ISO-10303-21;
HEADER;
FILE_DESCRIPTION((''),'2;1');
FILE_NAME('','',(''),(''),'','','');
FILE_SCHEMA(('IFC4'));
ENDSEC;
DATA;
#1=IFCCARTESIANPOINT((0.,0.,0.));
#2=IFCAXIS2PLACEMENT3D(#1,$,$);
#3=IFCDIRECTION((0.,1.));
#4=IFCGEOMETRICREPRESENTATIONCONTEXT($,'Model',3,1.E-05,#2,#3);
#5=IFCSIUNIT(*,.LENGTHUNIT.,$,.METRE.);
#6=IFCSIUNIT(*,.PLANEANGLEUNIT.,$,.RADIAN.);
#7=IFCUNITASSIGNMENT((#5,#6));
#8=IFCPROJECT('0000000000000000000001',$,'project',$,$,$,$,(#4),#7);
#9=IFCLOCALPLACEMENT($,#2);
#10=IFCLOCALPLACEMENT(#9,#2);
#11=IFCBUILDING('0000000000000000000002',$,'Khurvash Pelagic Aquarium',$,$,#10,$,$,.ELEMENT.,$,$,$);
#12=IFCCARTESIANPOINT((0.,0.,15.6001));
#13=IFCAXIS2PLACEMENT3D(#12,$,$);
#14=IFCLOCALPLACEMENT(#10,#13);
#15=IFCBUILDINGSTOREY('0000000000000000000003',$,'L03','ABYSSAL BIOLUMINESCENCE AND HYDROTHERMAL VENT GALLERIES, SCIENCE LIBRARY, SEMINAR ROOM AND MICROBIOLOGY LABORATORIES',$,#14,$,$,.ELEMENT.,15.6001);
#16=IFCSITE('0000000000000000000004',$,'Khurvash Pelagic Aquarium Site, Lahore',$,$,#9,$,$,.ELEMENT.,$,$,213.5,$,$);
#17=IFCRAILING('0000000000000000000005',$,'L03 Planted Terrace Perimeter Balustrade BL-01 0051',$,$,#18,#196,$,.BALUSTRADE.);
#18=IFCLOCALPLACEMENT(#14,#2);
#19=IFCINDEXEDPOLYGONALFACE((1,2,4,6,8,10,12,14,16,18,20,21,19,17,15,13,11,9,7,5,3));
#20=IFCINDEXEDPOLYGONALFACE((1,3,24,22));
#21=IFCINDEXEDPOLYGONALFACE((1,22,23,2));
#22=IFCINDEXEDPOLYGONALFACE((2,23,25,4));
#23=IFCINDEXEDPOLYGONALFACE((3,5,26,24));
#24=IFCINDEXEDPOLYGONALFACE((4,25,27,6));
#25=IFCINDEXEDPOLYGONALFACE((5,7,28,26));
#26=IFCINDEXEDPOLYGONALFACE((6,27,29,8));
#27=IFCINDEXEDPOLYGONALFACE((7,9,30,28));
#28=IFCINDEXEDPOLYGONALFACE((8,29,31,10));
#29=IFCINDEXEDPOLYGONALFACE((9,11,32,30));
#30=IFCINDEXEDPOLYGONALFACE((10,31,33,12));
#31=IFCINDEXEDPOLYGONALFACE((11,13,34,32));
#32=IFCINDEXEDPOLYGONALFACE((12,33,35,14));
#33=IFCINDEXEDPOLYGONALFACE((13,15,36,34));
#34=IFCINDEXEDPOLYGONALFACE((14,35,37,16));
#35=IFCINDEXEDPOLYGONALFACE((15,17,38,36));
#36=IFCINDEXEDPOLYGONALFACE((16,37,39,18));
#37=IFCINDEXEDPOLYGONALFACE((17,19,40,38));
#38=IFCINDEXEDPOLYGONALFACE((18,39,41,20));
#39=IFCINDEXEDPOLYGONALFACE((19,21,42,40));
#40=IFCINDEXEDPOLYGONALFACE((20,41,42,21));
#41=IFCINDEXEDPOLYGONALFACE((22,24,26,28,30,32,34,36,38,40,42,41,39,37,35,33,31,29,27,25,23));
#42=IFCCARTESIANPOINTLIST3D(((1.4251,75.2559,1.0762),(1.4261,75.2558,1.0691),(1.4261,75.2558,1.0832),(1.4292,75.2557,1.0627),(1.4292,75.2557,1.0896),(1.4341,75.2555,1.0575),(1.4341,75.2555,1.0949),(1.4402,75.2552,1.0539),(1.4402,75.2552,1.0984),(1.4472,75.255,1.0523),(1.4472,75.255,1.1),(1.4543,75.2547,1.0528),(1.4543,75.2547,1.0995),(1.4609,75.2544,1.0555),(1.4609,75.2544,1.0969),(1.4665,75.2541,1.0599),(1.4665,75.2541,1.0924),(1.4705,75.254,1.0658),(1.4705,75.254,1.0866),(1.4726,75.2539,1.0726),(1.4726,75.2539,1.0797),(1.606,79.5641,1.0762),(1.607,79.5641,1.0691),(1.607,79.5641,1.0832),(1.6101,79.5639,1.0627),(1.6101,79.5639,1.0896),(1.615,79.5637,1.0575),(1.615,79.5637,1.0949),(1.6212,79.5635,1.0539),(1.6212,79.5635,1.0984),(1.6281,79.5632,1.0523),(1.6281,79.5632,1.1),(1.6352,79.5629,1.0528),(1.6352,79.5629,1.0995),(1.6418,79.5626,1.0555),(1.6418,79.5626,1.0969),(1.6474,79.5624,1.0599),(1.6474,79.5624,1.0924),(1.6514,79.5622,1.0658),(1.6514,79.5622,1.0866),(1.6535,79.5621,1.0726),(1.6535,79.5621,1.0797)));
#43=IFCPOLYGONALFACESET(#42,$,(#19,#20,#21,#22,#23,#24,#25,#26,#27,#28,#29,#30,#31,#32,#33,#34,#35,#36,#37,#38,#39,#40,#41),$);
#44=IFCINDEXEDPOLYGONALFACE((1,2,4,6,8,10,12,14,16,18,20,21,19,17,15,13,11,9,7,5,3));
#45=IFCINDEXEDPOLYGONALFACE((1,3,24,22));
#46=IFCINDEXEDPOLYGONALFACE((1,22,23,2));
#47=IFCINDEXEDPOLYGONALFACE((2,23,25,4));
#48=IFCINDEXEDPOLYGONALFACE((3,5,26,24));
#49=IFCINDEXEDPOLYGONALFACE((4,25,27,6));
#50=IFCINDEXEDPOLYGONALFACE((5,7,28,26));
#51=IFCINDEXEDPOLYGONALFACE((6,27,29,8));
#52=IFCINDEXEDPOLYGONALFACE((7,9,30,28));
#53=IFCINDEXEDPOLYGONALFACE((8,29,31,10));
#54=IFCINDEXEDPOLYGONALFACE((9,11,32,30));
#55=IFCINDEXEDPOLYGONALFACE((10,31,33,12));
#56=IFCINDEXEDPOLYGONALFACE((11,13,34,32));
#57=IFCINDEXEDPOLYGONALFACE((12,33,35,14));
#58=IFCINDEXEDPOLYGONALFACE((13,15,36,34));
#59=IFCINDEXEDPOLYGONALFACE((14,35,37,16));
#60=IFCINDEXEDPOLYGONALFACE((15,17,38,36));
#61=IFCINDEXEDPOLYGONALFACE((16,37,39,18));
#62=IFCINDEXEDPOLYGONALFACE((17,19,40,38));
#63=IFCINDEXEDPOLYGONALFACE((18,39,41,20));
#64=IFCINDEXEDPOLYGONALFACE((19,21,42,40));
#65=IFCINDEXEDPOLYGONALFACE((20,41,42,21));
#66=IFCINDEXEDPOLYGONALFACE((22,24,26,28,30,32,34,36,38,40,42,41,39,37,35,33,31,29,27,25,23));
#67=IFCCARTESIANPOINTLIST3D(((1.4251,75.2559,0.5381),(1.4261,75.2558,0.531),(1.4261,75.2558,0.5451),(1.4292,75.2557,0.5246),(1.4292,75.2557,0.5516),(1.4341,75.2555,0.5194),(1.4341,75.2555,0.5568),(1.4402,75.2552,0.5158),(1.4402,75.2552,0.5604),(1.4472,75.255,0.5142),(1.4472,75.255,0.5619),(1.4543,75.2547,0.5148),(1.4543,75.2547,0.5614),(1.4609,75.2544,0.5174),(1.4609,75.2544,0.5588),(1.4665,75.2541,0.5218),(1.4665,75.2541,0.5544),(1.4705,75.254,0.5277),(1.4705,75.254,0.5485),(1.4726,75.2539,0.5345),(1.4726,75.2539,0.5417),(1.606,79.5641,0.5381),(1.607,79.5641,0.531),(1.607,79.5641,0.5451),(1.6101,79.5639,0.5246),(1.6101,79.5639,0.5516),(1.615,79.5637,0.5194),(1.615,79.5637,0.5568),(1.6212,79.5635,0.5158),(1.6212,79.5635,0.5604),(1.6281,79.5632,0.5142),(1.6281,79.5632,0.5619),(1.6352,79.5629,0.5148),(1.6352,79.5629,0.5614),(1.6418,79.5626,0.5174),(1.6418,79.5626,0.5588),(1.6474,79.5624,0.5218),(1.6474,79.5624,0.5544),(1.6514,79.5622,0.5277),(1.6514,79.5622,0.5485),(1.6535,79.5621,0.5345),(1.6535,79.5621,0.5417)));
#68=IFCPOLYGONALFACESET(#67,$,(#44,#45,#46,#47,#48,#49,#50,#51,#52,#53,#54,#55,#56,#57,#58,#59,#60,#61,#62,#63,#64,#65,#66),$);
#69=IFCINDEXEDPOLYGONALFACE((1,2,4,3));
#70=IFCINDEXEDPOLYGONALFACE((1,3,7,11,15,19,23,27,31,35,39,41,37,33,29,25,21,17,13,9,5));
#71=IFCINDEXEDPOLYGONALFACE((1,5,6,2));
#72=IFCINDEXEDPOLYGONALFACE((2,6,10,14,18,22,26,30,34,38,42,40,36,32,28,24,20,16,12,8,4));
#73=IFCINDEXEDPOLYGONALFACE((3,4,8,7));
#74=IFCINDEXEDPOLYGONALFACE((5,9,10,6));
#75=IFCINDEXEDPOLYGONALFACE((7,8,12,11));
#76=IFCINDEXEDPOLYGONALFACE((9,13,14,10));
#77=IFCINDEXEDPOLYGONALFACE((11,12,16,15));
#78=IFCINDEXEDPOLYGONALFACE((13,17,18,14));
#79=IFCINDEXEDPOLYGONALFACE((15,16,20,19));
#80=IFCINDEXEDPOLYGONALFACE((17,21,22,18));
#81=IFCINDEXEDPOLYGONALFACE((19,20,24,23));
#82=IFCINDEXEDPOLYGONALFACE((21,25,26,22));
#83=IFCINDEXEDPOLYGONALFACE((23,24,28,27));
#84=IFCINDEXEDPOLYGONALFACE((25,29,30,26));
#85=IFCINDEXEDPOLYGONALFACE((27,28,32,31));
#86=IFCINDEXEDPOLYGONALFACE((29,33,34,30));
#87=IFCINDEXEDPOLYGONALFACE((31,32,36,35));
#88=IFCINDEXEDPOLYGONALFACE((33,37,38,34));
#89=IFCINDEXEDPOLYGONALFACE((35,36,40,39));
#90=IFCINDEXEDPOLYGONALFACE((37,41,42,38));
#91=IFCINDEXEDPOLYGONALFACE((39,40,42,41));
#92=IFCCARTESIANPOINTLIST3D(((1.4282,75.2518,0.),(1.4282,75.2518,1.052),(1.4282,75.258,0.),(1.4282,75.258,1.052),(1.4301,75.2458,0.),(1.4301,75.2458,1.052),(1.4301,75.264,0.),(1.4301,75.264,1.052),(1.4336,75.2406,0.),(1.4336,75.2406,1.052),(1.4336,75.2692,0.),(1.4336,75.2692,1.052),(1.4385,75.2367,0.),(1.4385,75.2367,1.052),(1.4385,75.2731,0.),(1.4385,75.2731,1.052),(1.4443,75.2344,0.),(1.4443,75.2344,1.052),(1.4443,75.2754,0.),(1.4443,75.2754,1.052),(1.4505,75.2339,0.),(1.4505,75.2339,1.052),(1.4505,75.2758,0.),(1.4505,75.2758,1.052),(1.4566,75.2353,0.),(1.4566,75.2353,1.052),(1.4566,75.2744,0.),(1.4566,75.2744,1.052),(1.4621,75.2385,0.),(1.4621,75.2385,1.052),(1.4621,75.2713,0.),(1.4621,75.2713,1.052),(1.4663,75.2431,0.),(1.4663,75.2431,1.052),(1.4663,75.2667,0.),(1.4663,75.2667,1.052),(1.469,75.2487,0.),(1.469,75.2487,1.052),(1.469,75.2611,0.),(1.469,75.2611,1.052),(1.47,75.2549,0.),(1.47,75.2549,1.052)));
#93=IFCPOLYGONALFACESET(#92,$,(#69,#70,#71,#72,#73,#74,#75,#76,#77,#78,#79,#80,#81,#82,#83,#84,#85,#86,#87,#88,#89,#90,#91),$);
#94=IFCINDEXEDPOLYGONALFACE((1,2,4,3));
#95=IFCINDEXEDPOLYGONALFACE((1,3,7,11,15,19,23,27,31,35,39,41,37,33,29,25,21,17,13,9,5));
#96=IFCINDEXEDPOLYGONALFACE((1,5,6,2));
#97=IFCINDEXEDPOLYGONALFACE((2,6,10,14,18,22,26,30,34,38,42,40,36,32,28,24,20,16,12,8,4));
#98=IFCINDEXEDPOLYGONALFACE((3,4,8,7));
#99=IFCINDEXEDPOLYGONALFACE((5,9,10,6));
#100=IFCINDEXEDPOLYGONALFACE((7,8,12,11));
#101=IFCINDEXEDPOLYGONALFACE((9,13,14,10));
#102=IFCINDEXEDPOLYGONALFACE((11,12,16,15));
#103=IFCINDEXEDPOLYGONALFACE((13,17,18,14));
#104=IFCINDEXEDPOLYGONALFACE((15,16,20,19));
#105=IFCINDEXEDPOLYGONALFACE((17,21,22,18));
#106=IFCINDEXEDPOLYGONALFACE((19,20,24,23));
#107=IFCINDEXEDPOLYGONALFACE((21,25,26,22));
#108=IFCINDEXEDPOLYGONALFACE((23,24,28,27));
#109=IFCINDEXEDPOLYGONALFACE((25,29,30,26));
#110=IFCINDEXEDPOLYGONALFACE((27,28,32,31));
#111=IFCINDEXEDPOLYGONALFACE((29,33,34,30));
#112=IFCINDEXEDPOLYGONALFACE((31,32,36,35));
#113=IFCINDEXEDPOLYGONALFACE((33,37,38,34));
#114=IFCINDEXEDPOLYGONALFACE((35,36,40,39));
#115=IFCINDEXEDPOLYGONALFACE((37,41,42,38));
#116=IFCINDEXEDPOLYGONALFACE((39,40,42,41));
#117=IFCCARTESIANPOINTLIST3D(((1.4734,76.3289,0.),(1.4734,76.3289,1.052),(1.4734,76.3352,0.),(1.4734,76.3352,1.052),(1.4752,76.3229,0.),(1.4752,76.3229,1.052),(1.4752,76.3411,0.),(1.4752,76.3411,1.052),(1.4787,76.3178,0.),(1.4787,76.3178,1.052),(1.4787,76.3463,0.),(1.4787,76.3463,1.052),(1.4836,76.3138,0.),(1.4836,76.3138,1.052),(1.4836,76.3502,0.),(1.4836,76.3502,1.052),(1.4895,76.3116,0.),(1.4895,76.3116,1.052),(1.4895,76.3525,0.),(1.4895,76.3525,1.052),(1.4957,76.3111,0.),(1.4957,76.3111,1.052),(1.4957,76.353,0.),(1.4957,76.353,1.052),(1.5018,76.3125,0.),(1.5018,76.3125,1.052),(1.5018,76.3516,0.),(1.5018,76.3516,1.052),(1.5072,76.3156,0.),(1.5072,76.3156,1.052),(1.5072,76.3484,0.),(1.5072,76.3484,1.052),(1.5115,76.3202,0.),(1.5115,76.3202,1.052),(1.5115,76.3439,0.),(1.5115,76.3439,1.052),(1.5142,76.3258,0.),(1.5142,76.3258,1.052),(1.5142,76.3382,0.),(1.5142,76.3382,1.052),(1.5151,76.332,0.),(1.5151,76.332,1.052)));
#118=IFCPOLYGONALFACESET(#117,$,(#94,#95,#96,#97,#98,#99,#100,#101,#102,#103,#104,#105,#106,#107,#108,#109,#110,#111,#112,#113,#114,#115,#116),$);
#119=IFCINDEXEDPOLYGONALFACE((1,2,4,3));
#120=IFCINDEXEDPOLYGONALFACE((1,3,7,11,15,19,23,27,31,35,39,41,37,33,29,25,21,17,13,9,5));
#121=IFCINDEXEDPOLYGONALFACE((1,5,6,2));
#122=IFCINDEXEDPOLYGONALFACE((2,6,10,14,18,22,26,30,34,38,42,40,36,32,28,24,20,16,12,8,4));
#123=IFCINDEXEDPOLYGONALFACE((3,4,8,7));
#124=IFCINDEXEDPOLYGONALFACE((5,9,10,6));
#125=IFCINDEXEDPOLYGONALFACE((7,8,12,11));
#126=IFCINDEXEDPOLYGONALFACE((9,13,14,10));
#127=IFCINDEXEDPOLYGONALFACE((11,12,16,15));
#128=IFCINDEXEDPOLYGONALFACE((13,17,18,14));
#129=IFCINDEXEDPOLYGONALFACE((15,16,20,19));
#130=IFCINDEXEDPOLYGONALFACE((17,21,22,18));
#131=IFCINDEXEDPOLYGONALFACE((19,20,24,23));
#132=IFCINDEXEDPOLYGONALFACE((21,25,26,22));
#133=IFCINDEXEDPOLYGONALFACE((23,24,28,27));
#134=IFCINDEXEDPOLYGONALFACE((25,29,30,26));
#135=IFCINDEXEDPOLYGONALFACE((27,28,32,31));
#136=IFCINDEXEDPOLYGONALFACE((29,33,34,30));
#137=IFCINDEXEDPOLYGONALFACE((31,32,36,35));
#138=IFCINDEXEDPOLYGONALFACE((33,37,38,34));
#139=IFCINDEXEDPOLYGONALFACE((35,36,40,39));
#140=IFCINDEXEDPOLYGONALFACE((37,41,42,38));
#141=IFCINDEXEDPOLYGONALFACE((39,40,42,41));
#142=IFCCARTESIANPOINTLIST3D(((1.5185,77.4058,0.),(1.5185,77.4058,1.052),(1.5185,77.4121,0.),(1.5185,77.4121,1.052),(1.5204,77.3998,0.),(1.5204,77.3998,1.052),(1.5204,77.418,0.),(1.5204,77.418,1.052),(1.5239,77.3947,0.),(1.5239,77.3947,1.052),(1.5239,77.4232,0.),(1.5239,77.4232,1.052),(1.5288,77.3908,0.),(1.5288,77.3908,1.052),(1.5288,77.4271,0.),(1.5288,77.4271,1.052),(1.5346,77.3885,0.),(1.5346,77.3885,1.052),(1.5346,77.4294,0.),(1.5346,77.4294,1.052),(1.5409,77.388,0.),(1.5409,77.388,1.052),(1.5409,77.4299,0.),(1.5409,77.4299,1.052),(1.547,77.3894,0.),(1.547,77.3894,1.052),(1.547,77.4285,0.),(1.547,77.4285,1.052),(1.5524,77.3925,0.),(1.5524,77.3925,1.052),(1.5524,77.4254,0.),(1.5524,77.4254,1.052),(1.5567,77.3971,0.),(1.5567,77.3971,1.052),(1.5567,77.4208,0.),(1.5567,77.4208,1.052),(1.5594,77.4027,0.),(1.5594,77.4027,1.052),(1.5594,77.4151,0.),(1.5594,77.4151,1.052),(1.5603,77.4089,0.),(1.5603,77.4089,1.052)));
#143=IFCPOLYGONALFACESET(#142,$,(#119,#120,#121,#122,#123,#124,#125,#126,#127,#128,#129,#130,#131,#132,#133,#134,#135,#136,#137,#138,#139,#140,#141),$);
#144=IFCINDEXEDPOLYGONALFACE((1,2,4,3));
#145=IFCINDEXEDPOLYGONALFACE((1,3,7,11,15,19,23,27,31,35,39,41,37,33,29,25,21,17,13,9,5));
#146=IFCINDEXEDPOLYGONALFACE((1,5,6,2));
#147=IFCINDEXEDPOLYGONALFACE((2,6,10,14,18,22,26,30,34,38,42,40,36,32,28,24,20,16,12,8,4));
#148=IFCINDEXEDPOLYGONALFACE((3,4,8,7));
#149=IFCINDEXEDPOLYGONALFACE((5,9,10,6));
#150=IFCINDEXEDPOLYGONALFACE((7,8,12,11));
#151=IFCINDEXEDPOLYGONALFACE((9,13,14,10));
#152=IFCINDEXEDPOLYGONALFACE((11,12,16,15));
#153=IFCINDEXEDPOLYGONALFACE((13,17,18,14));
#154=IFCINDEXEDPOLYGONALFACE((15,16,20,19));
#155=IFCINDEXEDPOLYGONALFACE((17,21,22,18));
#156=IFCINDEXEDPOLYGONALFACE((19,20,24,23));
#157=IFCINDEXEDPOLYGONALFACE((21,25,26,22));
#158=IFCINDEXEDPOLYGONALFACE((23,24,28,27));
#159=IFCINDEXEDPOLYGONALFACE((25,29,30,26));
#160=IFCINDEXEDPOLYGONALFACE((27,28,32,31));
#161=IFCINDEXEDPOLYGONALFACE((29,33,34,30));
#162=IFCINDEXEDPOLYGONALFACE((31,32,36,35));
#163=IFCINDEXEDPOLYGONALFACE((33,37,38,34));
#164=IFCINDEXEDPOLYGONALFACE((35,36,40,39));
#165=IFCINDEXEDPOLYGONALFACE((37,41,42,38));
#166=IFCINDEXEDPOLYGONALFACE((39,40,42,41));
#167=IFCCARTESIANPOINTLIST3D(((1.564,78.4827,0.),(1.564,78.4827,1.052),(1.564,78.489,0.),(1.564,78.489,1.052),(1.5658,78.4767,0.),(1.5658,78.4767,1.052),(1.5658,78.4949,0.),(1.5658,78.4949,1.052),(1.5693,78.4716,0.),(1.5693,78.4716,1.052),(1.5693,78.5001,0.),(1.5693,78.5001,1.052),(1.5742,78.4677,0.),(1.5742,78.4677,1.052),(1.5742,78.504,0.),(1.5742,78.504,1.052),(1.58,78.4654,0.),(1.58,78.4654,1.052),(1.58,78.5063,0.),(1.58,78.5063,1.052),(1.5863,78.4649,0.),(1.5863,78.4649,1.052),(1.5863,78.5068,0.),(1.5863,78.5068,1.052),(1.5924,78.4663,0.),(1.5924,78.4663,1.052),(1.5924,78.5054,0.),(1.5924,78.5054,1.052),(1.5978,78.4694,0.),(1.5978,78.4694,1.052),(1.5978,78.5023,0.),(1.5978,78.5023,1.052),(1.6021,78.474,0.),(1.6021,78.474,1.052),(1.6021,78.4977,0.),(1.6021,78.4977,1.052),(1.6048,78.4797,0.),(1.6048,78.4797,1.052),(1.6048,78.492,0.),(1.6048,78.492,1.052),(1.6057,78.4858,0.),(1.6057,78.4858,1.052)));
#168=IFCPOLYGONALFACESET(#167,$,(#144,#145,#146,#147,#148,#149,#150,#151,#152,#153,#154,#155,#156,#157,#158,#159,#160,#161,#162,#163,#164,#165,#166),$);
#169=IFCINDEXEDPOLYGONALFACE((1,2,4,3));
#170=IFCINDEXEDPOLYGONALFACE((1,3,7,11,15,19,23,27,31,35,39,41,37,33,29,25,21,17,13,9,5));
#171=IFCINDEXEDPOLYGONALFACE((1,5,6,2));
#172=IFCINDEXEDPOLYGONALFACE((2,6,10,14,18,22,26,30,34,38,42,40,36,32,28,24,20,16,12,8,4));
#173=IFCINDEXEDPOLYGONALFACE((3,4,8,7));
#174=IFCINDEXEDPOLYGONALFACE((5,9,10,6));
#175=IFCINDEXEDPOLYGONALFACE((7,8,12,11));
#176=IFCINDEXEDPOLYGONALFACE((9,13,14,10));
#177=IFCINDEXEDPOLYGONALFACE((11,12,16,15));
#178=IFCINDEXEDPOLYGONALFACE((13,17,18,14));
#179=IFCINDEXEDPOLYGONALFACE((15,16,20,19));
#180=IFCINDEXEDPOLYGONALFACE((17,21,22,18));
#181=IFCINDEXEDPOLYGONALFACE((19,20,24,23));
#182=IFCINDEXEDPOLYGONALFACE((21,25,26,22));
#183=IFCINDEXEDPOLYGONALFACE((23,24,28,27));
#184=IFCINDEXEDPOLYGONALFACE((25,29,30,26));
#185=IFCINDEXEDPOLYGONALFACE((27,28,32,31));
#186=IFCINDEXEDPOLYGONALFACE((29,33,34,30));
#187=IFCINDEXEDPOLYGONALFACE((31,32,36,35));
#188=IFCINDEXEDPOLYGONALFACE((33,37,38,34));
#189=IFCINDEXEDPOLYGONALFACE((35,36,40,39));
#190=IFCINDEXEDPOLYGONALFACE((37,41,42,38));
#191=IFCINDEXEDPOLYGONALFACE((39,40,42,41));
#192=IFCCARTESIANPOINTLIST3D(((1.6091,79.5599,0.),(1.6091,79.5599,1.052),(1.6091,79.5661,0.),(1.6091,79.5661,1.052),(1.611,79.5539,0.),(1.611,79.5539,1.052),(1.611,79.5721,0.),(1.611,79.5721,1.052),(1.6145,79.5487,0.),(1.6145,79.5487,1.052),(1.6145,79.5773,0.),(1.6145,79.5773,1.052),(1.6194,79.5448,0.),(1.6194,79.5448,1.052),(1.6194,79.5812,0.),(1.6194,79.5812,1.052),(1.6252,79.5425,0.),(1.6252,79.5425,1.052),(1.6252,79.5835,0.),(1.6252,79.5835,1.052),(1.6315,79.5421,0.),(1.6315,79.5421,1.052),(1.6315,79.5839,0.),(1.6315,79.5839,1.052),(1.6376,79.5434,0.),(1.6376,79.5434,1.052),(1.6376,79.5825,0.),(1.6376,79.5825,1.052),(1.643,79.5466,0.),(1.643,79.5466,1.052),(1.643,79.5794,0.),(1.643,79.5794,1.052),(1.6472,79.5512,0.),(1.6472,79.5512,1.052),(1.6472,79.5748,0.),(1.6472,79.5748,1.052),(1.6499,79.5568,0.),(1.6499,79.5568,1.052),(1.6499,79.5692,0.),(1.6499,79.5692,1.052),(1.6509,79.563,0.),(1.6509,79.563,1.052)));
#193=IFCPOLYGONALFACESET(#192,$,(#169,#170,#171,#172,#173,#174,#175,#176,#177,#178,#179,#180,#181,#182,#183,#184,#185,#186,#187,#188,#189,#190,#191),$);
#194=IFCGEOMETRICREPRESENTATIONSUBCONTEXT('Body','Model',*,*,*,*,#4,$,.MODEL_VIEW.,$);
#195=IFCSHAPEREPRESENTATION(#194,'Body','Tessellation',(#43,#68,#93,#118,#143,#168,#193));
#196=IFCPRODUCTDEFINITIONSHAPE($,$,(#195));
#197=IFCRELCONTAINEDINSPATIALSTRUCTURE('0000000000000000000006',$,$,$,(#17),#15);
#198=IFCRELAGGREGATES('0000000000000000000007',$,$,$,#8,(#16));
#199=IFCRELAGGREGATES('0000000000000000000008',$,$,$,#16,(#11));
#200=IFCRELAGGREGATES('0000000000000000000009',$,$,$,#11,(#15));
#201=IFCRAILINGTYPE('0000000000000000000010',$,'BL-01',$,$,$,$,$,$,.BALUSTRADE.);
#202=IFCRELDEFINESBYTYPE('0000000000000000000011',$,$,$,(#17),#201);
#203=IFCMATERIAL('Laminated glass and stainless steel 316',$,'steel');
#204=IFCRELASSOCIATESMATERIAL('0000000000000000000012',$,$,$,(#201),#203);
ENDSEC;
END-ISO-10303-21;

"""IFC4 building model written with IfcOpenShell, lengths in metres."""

from ifc_helpers import new_model, si_unit, direction, frame, origin, origin_2d, place, context, subcontext, project, spatial, circle, extrude, material, type_object, element, save


model = new_model("IFC4")

# Units and contexts
model_context = context("Model", 3, precision=1e-05, world=origin(), true_north=direction((0.0, 1.0)))
body_context = subcontext(model_context, "Body", "Model", "MODEL_VIEW")
ifc_project = project(units=[si_unit("LENGTHUNIT", "METRE"), si_unit("PLANEANGLEUNIT", "RADIAN")], contexts=[model_context])

# Site, building, storey
site_placement = place(None, origin())
site = spatial("IfcSite", under=ifc_project, at=site_placement, Name="Khurvash Pelagic Aquarium Site, Lahore", CompositionType="ELEMENT", RefElevation=213.5)
building_placement = place(site_placement, origin())
building = spatial("IfcBuilding", under=site, at=building_placement, Name="Khurvash Pelagic Aquarium", CompositionType="ELEMENT")
storey_placement = place(building_placement, frame((0.0, 0.0, 15.6001)))
storey = spatial("IfcBuildingStorey", under=building, at=storey_placement, Name="L03", Description="ABYSSAL BIOLUMINESCENCE AND HYDROTHERMAL VENT GALLERIES, SCIENCE LIBRARY, SEMINAR ROOM AND MICROBIOLOGY LABORATORIES", CompositionType="ELEMENT", Elevation=15.6001)

# Railing
ifc_material_1 = material(Name="Laminated glass and stainless steel 316", Category="steel")
railing_type_1 = type_object("IfcRailingType", Name="BL-01", PredefinedType="BALUSTRADE", material=ifc_material_1)
railing_1_placement = place(storey_placement, frame((1.449, 75.2549, 0.0)))
element("IfcRailing", 1, at=railing_1_placement, inside=storey, type_object=railing_type_1, Name="L03 Planted Terrace Perimeter Balustrade BL-01 0051", PredefinedType="BALUSTRADE", context=body_context, shape_type="SweptSolid", body=[
    extrude(circle(Radius=0.0239, at=origin_2d()), frame((0.0, 0.0, 1.0762), z_axis=(0.041956, 0.999119, 0.0), x_axis=(-0.999119, 0.041956, 0.0)), (0.0, 0.0, 1.0), 4.312),
    extrude(circle(Radius=0.0239, at=origin_2d()), frame((0.0, 0.0, 0.5381), z_axis=(0.041956, 0.999119, 0.0), x_axis=(-0.999119, 0.041956, 0.0)), (0.0, 0.0, 1.0), 4.312),
    extrude(circle(Radius=0.021, at=origin_2d()), origin(), (0.0, 0.0, 1.0), 1.052),
    extrude(circle(Radius=0.021, at=origin_2d()), frame((0.0452, 1.0771, 0.0)), (0.0, 0.0, 1.0), 1.052),
    extrude(circle(Radius=0.021, at=origin_2d()), frame((0.0903, 2.1541, 0.0)), (0.0, 0.0, 1.0), 1.052),
    extrude(circle(Radius=0.021, at=origin_2d()), frame((0.1357, 3.231, 0.0)), (0.0, 0.0, 1.0), 1.052),
    extrude(circle(Radius=0.021, at=origin_2d()), frame((0.1809, 4.3081, 0.0)), (0.0, 0.0, 1.0), 1.052),
])

save(model, "model.ifc")
